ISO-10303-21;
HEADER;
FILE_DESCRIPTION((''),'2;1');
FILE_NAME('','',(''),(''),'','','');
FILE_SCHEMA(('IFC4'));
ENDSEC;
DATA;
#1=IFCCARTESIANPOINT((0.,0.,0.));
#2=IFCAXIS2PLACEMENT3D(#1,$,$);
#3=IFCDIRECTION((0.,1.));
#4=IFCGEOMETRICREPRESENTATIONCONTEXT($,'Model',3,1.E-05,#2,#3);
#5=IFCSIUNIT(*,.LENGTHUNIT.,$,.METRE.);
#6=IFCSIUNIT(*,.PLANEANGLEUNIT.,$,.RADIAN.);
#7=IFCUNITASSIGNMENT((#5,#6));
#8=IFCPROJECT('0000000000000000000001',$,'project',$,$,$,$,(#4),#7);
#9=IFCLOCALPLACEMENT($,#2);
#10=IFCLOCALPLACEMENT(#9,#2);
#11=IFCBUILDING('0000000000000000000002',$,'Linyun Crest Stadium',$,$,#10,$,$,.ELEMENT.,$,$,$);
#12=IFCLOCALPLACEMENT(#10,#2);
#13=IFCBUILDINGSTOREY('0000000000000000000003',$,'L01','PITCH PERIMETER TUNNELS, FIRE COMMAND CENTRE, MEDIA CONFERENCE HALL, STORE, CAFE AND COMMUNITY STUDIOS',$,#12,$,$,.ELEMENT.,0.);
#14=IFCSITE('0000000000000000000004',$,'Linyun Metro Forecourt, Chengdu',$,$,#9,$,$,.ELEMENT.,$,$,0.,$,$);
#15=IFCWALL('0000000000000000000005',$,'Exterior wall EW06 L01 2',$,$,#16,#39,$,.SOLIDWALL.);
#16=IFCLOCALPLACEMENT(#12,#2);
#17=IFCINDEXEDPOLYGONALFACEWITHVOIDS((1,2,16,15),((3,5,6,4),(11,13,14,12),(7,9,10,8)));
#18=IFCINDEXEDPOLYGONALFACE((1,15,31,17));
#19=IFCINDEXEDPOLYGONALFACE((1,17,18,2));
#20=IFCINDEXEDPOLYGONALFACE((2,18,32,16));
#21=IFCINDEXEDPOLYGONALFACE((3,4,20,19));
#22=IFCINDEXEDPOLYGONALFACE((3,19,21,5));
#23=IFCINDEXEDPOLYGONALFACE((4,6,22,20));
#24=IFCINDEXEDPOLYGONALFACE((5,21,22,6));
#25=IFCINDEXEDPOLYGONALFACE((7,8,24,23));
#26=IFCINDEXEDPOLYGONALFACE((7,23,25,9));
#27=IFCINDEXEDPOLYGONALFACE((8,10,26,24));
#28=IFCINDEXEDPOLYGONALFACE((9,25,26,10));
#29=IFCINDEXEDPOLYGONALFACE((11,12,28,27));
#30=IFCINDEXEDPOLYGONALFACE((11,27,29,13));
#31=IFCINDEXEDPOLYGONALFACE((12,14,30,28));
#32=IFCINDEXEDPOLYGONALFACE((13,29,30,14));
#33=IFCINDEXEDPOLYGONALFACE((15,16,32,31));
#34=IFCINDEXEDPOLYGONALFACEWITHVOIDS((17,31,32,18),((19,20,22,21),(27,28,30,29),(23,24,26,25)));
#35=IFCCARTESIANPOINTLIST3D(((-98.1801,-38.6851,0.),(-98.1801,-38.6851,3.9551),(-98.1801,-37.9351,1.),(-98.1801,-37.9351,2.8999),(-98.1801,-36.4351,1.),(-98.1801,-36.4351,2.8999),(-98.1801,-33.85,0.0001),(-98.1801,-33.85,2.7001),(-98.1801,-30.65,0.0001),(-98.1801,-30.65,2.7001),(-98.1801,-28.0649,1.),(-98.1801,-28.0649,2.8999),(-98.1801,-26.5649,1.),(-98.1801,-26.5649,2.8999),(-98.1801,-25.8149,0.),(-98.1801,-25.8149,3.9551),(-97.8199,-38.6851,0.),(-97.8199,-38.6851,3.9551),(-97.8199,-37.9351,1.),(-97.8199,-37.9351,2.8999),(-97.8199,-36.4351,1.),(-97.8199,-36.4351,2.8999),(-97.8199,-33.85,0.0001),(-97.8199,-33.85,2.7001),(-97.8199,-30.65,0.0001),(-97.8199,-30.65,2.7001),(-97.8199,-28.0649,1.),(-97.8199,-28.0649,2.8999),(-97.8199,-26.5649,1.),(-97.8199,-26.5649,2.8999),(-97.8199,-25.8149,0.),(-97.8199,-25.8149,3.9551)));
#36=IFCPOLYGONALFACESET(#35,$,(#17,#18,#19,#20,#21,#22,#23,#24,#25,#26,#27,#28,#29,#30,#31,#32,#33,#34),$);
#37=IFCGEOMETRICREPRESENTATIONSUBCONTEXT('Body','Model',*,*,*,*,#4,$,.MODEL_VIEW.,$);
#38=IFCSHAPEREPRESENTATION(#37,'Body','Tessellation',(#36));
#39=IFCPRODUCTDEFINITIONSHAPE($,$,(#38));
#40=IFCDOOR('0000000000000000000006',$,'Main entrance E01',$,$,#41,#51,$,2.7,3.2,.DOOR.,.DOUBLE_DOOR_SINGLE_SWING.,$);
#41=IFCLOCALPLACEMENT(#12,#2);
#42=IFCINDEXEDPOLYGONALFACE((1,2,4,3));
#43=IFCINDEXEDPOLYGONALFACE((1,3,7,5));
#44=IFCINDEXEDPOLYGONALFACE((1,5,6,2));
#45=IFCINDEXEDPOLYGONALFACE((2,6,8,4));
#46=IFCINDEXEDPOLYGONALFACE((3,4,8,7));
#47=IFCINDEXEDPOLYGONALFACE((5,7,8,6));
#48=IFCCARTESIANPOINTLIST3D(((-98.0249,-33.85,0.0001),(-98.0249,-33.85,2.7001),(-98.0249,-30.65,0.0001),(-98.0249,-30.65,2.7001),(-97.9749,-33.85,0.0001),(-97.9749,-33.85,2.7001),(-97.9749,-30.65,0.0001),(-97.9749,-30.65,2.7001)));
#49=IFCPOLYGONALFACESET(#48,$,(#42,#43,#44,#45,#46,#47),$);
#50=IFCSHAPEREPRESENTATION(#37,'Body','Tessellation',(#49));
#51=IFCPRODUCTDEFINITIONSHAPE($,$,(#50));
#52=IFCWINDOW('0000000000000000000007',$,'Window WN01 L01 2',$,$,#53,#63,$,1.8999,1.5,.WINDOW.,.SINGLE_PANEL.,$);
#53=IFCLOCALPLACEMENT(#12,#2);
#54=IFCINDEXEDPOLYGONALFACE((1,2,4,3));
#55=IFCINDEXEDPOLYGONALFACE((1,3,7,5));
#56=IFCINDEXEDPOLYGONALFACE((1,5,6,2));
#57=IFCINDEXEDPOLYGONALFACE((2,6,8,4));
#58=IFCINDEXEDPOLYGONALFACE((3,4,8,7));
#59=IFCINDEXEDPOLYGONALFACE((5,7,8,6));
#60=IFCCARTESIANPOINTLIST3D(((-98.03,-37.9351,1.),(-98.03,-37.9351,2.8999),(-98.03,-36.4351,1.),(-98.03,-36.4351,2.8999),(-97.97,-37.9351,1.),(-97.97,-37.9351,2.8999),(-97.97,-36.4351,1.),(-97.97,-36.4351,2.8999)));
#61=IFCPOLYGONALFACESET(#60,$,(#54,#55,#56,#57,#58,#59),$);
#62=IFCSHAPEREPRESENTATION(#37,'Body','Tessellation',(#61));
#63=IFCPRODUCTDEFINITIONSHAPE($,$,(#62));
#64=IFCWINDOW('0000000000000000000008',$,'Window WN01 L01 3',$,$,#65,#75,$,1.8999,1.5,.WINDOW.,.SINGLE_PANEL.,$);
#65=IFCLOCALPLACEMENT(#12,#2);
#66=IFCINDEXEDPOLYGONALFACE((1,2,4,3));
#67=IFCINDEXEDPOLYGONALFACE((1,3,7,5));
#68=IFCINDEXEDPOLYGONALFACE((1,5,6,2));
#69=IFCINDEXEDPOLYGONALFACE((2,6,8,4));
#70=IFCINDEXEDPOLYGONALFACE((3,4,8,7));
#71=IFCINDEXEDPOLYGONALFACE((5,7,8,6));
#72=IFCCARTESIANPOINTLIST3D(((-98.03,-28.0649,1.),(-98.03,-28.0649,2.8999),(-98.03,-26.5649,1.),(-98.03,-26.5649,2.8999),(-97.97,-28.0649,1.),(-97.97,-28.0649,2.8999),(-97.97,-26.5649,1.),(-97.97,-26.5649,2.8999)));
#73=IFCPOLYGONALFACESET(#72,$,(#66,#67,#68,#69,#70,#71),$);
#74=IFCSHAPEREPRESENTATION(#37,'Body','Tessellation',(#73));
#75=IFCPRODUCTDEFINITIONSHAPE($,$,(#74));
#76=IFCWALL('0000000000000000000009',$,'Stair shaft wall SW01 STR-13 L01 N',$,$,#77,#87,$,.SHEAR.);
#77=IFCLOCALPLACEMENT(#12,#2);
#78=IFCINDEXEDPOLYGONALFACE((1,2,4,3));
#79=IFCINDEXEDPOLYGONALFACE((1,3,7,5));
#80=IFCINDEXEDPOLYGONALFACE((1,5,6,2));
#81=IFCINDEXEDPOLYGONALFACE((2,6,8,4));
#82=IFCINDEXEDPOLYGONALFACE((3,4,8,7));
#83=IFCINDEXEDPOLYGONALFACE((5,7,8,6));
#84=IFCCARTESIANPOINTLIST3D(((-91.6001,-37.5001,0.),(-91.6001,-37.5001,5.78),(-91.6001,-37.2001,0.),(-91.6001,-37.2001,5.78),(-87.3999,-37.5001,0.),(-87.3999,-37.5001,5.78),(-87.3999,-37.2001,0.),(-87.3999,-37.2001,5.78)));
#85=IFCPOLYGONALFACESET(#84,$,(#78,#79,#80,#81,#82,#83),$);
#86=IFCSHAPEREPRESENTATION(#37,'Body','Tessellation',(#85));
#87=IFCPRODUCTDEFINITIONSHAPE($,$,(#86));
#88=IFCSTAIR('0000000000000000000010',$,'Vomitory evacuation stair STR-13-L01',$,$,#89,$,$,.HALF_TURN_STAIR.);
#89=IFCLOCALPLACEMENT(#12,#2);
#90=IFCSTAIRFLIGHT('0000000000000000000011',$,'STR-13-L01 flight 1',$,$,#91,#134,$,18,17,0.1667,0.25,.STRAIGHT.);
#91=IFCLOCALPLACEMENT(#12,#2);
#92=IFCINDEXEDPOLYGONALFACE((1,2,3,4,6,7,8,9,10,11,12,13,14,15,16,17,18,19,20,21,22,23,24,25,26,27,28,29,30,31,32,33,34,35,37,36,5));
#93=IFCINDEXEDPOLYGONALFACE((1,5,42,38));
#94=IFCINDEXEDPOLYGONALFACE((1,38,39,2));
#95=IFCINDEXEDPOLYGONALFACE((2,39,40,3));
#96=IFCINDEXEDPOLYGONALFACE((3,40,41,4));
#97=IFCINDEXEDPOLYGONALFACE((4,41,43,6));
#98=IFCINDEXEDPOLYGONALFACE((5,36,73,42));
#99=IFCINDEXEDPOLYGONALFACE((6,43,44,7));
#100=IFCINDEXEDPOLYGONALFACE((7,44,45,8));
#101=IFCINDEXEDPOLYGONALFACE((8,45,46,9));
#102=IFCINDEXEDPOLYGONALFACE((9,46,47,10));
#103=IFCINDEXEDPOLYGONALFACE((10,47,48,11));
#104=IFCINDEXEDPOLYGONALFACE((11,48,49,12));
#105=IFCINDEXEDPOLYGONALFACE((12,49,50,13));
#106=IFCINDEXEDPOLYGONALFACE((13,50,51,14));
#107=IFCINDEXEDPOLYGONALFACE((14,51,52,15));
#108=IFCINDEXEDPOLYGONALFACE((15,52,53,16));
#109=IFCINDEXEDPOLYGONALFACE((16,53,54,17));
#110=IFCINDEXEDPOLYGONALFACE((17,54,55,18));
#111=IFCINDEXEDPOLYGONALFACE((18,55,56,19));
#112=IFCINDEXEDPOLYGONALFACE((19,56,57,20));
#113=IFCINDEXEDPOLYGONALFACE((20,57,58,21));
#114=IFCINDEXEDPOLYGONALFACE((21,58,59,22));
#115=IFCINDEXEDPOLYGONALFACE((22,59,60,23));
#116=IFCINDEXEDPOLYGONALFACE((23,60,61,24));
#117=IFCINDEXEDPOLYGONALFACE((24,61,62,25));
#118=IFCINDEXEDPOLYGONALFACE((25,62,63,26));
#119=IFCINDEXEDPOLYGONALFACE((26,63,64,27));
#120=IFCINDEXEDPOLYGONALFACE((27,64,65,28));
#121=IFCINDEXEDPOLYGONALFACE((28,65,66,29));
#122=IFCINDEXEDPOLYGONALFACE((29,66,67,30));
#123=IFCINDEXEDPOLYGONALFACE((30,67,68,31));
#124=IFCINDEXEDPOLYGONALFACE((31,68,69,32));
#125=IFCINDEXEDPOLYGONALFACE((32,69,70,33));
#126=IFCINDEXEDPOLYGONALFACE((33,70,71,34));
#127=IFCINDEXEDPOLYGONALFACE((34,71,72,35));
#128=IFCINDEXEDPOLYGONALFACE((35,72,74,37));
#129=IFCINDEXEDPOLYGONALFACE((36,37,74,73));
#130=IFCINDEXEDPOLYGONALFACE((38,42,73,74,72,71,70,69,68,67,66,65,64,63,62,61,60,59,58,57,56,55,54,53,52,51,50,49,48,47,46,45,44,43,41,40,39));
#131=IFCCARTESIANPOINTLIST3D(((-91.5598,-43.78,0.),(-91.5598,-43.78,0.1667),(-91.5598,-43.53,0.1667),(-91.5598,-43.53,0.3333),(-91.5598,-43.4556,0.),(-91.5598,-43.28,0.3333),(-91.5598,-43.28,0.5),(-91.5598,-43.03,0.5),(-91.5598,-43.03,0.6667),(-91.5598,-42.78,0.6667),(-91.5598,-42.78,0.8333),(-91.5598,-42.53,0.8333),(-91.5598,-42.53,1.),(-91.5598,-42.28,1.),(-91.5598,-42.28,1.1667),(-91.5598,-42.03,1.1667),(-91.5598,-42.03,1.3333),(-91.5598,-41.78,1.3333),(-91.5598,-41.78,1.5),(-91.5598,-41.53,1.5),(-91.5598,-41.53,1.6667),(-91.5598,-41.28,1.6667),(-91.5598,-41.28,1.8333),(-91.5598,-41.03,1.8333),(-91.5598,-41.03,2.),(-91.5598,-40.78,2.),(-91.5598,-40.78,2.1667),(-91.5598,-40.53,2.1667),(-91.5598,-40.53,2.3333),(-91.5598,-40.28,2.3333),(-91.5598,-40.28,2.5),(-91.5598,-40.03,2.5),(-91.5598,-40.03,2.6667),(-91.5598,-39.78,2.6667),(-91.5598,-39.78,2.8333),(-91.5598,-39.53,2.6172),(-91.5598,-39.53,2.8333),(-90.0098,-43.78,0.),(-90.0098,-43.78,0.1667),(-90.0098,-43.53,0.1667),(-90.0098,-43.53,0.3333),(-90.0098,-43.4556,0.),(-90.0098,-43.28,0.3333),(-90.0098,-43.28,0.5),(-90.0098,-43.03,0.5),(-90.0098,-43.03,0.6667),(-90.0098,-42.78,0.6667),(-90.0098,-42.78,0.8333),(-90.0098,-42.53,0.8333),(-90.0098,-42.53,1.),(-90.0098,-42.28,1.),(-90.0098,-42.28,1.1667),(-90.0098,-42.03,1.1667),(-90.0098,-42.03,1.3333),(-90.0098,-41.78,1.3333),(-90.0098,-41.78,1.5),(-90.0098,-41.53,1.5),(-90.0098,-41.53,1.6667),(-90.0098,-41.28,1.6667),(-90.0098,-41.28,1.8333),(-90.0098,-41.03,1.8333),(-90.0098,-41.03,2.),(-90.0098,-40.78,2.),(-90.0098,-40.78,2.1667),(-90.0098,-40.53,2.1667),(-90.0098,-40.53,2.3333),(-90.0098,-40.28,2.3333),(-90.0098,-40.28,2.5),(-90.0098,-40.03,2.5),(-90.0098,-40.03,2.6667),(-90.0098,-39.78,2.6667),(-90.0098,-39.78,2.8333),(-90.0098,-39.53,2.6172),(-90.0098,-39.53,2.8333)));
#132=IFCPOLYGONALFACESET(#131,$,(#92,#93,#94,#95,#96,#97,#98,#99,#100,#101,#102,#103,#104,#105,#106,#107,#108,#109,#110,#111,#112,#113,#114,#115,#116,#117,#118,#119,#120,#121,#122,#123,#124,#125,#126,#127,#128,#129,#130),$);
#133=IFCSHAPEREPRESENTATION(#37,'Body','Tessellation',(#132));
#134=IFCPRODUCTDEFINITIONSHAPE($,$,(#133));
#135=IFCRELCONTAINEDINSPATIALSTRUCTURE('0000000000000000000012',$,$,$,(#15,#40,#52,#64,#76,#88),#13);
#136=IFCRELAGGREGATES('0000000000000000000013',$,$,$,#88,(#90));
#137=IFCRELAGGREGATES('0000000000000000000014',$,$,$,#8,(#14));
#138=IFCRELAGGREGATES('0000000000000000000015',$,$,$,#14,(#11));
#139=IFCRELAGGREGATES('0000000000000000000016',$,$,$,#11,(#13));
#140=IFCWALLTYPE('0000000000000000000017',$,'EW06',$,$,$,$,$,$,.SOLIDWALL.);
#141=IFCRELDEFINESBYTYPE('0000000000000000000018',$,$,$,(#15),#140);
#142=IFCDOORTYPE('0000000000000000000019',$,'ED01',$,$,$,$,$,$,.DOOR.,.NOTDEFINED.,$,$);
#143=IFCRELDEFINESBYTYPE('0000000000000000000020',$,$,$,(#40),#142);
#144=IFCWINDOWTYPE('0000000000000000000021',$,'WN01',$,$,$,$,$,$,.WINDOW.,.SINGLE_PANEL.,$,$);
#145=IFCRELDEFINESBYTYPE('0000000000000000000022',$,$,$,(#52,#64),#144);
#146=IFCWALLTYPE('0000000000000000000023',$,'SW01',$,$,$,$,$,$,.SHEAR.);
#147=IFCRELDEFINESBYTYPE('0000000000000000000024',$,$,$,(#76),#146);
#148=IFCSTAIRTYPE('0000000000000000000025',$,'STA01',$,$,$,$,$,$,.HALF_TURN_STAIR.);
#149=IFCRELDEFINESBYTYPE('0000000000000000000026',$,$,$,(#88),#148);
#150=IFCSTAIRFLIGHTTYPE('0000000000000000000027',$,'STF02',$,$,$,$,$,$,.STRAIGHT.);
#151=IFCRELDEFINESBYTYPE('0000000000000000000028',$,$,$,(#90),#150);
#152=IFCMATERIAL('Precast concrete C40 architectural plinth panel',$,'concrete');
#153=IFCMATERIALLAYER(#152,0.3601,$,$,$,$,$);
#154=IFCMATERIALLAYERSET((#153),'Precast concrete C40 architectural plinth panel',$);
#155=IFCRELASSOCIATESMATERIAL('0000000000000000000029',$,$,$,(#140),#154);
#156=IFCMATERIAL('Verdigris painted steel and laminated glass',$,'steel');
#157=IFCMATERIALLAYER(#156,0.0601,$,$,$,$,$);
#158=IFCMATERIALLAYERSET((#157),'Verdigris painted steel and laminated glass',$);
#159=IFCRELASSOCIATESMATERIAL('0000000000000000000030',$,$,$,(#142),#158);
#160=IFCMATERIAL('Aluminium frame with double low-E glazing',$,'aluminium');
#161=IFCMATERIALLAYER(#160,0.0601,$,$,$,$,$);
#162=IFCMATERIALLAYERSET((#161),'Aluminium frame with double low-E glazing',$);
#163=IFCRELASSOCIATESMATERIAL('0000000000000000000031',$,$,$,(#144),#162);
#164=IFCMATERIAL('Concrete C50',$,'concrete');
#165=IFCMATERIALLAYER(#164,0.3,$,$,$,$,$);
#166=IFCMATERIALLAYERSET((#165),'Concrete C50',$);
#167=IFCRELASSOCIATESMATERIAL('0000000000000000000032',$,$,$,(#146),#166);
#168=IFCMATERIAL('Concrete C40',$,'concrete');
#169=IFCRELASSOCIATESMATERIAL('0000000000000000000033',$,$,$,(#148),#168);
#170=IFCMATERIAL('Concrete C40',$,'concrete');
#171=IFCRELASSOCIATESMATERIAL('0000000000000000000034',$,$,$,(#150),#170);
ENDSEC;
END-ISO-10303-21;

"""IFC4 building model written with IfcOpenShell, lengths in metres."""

from ifc_helpers import new_model, si_unit, direction, frame, frame_2d, origin, place, context, subcontext, project, spatial, polyline, rectangle, outline, extrude, material, layer, layer_set, type_object, element, fill, aggregate, save


model = new_model("IFC4")

# Units and contexts
model_context = context("Model", 3, precision=1e-05, world=origin(), true_north=direction((0.0, 1.0)))
body_context = subcontext(model_context, "Body", "Model", "MODEL_VIEW")
ifc_project = project(units=[si_unit("LENGTHUNIT", "METRE"), si_unit("PLANEANGLEUNIT", "RADIAN")], contexts=[model_context])

# Site, building, storey
site_placement = place(None, origin())
site = spatial("IfcSite", under=ifc_project, at=site_placement, Name="Linyun Metro Forecourt, Chengdu", CompositionType="ELEMENT", RefElevation=0.0)
building_placement = place(site_placement, origin())
building = spatial("IfcBuilding", under=site, at=building_placement, Name="Linyun Crest Stadium", CompositionType="ELEMENT")
storey_placement = place(building_placement, origin())
storey = spatial("IfcBuildingStorey", under=building, at=storey_placement, Name="L01", Description="PITCH PERIMETER TUNNELS, FIRE COMMAND CENTRE, MEDIA CONFERENCE HALL, STORE, CAFE AND COMMUNITY STUDIOS", CompositionType="ELEMENT", Elevation=0.0)

# Wall, openings, door, windows
ifc_material_1 = material(Name="Precast concrete C40 architectural plinth panel", Category="concrete")
ifc_layer_1 = layer(ifc_material_1, 0.3601)
ifc_layer_set_1 = layer_set([ifc_layer_1], Name="Precast concrete C40 architectural plinth panel")
wall_type_1 = type_object("IfcWallType", Name="EW06", PredefinedType="SOLIDWALL", material=ifc_layer_set_1)
wall_1_placement = place(storey_placement, frame((-98.0, -38.6851, 0.0), z_axis=(0.0, 0.0, 1.0), x_axis=(0.0, 1.0, 0.0)))
wall_1 = element("IfcWall", 1, at=wall_1_placement, inside=storey, type_object=wall_type_1, Name="Exterior wall EW06 L01 2", PredefinedType="SOLIDWALL", context=body_context, shape_type="SweptSolid", body=[
    extrude(rectangle(XDim=12.8701, YDim=0.3601, at=frame_2d((6.4351, 0.0))), origin(), (0.0, 0.0, 1.0), 3.9551),
])
opening_1_placement = place(wall_1_placement, frame((4.835, 0.0, 0.0)))
opening_1 = element("IfcOpeningElement", 2, at=opening_1_placement, cuts=wall_1, PredefinedType="OPENING", context=body_context, shape_type="SweptSolid", body=[
    extrude(rectangle(XDim=3.2, YDim=2.7, at=frame_2d((1.6001, 1.3501))), frame((0.0, 0.1899, 0.0), z_axis=(0.0, -1.0, 0.0), x_axis=(1.0, 0.0, 0.0)), (0.0, 0.0, 1.0), 0.3801),
])
opening_2_placement = place(wall_1_placement, frame((0.75, 0.0, 1.0)))
opening_2 = element("IfcOpeningElement", 3, at=opening_2_placement, cuts=wall_1, PredefinedType="OPENING", context=body_context, shape_type="SweptSolid", body=[
    extrude(rectangle(XDim=1.5, YDim=1.8999, at=frame_2d((0.75, 0.95))), frame((0.0, 0.1899, 0.0), z_axis=(0.0, -1.0, 0.0), x_axis=(1.0, 0.0, 0.0)), (0.0, 0.0, 1.0), 0.3801),
])
opening_3_placement = place(wall_1_placement, frame((10.6201, 0.0, 1.0)))
opening_3 = element("IfcOpeningElement", 4, at=opening_3_placement, cuts=wall_1, PredefinedType="OPENING", context=body_context, shape_type="SweptSolid", body=[
    extrude(rectangle(XDim=1.5, YDim=1.8999, at=frame_2d((0.75, 0.95))), frame((0.0, 0.1899, 0.0), z_axis=(0.0, -1.0, 0.0), x_axis=(1.0, 0.0, 0.0)), (0.0, 0.0, 1.0), 0.3801),
])
ifc_material_2 = material(Name="Verdigris painted steel and laminated glass", Category="steel")
ifc_layer_2 = layer(ifc_material_2, 0.0601)
ifc_layer_set_2 = layer_set([ifc_layer_2], Name="Verdigris painted steel and laminated glass")
door_type = type_object("IfcDoorType", Name="ED01", OperationType="NOTDEFINED", PredefinedType="DOOR", material=ifc_layer_set_2)
door_placement = place(opening_1_placement, origin())
door = element("IfcDoor", 5, at=door_placement, inside=storey, type_object=door_type, Name="Main entrance E01", OperationType="DOUBLE_DOOR_SINGLE_SWING", OverallHeight=2.7, OverallWidth=3.2, PredefinedType="DOOR", context=body_context, shape_type="SweptSolid", body=[
    extrude(rectangle(XDim=3.2, YDim=2.7, at=frame_2d((1.6001, 1.3501))), frame((0.0, 0.0249, 0.0), z_axis=(0.0, -1.0, 0.0), x_axis=(1.0, 0.0, 0.0)), (0.0, 0.0, 1.0), 0.05),
])
fill(opening_1, door)
ifc_material_3 = material(Name="Aluminium frame with double low-E glazing", Category="aluminium")
ifc_layer_3 = layer(ifc_material_3, 0.0601)
ifc_layer_set_3 = layer_set([ifc_layer_3], Name="Aluminium frame with double low-E glazing")
window_type = type_object("IfcWindowType", Name="WN01", PartitioningType="SINGLE_PANEL", PredefinedType="WINDOW", material=ifc_layer_set_3)
window_1_placement = place(opening_2_placement, origin())
window_1 = element("IfcWindow", 6, at=window_1_placement, inside=storey, type_object=window_type, Name="Window WN01 L01 2", OverallHeight=1.8999, OverallWidth=1.5, PartitioningType="SINGLE_PANEL", PredefinedType="WINDOW", context=body_context, shape_type="SweptSolid", body=[
    extrude(rectangle(XDim=1.5, YDim=1.8999, at=frame_2d((0.75, 0.95))), frame((0.0, 0.03, 0.0), z_axis=(0.0, -1.0, 0.0), x_axis=(1.0, 0.0, 0.0)), (0.0, 0.0, 1.0), 0.0601),
])
fill(opening_2, window_1)
window_2_placement = place(opening_3_placement, origin())
window_2 = element("IfcWindow", 7, at=window_2_placement, inside=storey, type_object=window_type, Name="Window WN01 L01 3", OverallHeight=1.8999, OverallWidth=1.5, PartitioningType="SINGLE_PANEL", PredefinedType="WINDOW", context=body_context, shape_type="SweptSolid", body=[
    extrude(rectangle(XDim=1.5, YDim=1.8999, at=frame_2d((0.75, 0.95))), frame((0.0, 0.03, 0.0), z_axis=(0.0, -1.0, 0.0), x_axis=(1.0, 0.0, 0.0)), (0.0, 0.0, 1.0), 0.0601),
])
fill(opening_3, window_2)

# Wall
ifc_material_4 = material(Name="Concrete C50", Category="concrete")
ifc_layer_4 = layer(ifc_material_4, 0.3)
ifc_layer_set_4 = layer_set([ifc_layer_4], Name="Concrete C50")
wall_type_2 = type_object("IfcWallType", Name="SW01", PredefinedType="SHEAR", material=ifc_layer_set_4)
wall_2_placement = place(storey_placement, frame((-91.6001, -37.3501, 0.0), z_axis=(0.0, 0.0, 1.0), x_axis=(1.0, 0.0, 0.0)))
element("IfcWall", 8, at=wall_2_placement, inside=storey, type_object=wall_type_2, Name="Stair shaft wall SW01 STR-13 L01 N", PredefinedType="SHEAR", context=body_context, shape_type="SweptSolid", body=[
    extrude(rectangle(XDim=4.2002, YDim=0.3, at=frame_2d((2.1001, 0.0))), origin(), (0.0, 0.0, 1.0), 5.78),
])

# Stair, stair flight
ifc_material_5 = material(Name="Concrete C40", Category="concrete")
stair_type = type_object("IfcStairType", Name="STA01", PredefinedType="HALF_TURN_STAIR", material=ifc_material_5)
stair_placement = place(storey_placement, origin())
stair = element("IfcStair", 9, at=stair_placement, inside=storey, type_object=stair_type, Name="Vomitory evacuation stair STR-13-L01", PredefinedType="HALF_TURN_STAIR")
ifc_material_6 = material(Name="Concrete C40", Category="concrete")
stair_flight_type = type_object("IfcStairFlightType", Name="STF02", PredefinedType="STRAIGHT", material=ifc_material_6)
stair_flight_1_placement = place(storey_placement, frame((-90.7849, -43.78, 0.0), z_axis=(0.0, 0.0, 1.0), x_axis=(0.0, 1.0, 0.0)))
stair_flight_1 = element("IfcStairFlight", 10, at=stair_flight_1_placement, type_object=stair_flight_type, Name="STR-13-L01 flight 1", NumberOfRisers=18, NumberOfTreads=17, PredefinedType="STRAIGHT", RiserHeight=0.1667, TreadLength=0.25, context=body_context, shape_type="SweptSolid", body=[
    extrude(outline(polyline([(0.0, 0.0), (0.0, 0.1667), (0.25, 0.1667), (0.25, 0.3333), (0.5, 0.3333), (0.5, 0.5), (0.75, 0.5), (0.75, 0.6667), (1.0, 0.6667), (1.0, 0.8333), (1.25, 0.8333), (1.25, 1.0), (1.5, 1.0), (1.5, 1.1667), (1.75, 1.1667), (1.75, 1.3333), (2.0, 1.3333), (2.0, 1.5), (2.25, 1.5), (2.25, 1.6667), (2.5, 1.6667), (2.5, 1.8333), (2.75, 1.8333), (2.75, 2.0), (3.0, 2.0), (3.0, 2.1667), (3.25, 2.1667), (3.25, 2.3333), (3.5, 2.3333), (3.5, 2.5), (3.75, 2.5), (3.75, 2.6667), (4.0, 2.6667), (4.0, 2.8333), (4.25, 2.8333), (4.25, 3.0), (4.25, 2.6172), (0.3245, 0.0), (0.0, 0.0)])), frame((0.0, 0.7749, 0.0), z_axis=(0.0, -1.0, 0.0), x_axis=(1.0, 0.0, 0.0)), (0.0, 0.0, 1.0), 1.55),
])
aggregate(stair, [stair_flight_1])

save(model, "model.ifc")
